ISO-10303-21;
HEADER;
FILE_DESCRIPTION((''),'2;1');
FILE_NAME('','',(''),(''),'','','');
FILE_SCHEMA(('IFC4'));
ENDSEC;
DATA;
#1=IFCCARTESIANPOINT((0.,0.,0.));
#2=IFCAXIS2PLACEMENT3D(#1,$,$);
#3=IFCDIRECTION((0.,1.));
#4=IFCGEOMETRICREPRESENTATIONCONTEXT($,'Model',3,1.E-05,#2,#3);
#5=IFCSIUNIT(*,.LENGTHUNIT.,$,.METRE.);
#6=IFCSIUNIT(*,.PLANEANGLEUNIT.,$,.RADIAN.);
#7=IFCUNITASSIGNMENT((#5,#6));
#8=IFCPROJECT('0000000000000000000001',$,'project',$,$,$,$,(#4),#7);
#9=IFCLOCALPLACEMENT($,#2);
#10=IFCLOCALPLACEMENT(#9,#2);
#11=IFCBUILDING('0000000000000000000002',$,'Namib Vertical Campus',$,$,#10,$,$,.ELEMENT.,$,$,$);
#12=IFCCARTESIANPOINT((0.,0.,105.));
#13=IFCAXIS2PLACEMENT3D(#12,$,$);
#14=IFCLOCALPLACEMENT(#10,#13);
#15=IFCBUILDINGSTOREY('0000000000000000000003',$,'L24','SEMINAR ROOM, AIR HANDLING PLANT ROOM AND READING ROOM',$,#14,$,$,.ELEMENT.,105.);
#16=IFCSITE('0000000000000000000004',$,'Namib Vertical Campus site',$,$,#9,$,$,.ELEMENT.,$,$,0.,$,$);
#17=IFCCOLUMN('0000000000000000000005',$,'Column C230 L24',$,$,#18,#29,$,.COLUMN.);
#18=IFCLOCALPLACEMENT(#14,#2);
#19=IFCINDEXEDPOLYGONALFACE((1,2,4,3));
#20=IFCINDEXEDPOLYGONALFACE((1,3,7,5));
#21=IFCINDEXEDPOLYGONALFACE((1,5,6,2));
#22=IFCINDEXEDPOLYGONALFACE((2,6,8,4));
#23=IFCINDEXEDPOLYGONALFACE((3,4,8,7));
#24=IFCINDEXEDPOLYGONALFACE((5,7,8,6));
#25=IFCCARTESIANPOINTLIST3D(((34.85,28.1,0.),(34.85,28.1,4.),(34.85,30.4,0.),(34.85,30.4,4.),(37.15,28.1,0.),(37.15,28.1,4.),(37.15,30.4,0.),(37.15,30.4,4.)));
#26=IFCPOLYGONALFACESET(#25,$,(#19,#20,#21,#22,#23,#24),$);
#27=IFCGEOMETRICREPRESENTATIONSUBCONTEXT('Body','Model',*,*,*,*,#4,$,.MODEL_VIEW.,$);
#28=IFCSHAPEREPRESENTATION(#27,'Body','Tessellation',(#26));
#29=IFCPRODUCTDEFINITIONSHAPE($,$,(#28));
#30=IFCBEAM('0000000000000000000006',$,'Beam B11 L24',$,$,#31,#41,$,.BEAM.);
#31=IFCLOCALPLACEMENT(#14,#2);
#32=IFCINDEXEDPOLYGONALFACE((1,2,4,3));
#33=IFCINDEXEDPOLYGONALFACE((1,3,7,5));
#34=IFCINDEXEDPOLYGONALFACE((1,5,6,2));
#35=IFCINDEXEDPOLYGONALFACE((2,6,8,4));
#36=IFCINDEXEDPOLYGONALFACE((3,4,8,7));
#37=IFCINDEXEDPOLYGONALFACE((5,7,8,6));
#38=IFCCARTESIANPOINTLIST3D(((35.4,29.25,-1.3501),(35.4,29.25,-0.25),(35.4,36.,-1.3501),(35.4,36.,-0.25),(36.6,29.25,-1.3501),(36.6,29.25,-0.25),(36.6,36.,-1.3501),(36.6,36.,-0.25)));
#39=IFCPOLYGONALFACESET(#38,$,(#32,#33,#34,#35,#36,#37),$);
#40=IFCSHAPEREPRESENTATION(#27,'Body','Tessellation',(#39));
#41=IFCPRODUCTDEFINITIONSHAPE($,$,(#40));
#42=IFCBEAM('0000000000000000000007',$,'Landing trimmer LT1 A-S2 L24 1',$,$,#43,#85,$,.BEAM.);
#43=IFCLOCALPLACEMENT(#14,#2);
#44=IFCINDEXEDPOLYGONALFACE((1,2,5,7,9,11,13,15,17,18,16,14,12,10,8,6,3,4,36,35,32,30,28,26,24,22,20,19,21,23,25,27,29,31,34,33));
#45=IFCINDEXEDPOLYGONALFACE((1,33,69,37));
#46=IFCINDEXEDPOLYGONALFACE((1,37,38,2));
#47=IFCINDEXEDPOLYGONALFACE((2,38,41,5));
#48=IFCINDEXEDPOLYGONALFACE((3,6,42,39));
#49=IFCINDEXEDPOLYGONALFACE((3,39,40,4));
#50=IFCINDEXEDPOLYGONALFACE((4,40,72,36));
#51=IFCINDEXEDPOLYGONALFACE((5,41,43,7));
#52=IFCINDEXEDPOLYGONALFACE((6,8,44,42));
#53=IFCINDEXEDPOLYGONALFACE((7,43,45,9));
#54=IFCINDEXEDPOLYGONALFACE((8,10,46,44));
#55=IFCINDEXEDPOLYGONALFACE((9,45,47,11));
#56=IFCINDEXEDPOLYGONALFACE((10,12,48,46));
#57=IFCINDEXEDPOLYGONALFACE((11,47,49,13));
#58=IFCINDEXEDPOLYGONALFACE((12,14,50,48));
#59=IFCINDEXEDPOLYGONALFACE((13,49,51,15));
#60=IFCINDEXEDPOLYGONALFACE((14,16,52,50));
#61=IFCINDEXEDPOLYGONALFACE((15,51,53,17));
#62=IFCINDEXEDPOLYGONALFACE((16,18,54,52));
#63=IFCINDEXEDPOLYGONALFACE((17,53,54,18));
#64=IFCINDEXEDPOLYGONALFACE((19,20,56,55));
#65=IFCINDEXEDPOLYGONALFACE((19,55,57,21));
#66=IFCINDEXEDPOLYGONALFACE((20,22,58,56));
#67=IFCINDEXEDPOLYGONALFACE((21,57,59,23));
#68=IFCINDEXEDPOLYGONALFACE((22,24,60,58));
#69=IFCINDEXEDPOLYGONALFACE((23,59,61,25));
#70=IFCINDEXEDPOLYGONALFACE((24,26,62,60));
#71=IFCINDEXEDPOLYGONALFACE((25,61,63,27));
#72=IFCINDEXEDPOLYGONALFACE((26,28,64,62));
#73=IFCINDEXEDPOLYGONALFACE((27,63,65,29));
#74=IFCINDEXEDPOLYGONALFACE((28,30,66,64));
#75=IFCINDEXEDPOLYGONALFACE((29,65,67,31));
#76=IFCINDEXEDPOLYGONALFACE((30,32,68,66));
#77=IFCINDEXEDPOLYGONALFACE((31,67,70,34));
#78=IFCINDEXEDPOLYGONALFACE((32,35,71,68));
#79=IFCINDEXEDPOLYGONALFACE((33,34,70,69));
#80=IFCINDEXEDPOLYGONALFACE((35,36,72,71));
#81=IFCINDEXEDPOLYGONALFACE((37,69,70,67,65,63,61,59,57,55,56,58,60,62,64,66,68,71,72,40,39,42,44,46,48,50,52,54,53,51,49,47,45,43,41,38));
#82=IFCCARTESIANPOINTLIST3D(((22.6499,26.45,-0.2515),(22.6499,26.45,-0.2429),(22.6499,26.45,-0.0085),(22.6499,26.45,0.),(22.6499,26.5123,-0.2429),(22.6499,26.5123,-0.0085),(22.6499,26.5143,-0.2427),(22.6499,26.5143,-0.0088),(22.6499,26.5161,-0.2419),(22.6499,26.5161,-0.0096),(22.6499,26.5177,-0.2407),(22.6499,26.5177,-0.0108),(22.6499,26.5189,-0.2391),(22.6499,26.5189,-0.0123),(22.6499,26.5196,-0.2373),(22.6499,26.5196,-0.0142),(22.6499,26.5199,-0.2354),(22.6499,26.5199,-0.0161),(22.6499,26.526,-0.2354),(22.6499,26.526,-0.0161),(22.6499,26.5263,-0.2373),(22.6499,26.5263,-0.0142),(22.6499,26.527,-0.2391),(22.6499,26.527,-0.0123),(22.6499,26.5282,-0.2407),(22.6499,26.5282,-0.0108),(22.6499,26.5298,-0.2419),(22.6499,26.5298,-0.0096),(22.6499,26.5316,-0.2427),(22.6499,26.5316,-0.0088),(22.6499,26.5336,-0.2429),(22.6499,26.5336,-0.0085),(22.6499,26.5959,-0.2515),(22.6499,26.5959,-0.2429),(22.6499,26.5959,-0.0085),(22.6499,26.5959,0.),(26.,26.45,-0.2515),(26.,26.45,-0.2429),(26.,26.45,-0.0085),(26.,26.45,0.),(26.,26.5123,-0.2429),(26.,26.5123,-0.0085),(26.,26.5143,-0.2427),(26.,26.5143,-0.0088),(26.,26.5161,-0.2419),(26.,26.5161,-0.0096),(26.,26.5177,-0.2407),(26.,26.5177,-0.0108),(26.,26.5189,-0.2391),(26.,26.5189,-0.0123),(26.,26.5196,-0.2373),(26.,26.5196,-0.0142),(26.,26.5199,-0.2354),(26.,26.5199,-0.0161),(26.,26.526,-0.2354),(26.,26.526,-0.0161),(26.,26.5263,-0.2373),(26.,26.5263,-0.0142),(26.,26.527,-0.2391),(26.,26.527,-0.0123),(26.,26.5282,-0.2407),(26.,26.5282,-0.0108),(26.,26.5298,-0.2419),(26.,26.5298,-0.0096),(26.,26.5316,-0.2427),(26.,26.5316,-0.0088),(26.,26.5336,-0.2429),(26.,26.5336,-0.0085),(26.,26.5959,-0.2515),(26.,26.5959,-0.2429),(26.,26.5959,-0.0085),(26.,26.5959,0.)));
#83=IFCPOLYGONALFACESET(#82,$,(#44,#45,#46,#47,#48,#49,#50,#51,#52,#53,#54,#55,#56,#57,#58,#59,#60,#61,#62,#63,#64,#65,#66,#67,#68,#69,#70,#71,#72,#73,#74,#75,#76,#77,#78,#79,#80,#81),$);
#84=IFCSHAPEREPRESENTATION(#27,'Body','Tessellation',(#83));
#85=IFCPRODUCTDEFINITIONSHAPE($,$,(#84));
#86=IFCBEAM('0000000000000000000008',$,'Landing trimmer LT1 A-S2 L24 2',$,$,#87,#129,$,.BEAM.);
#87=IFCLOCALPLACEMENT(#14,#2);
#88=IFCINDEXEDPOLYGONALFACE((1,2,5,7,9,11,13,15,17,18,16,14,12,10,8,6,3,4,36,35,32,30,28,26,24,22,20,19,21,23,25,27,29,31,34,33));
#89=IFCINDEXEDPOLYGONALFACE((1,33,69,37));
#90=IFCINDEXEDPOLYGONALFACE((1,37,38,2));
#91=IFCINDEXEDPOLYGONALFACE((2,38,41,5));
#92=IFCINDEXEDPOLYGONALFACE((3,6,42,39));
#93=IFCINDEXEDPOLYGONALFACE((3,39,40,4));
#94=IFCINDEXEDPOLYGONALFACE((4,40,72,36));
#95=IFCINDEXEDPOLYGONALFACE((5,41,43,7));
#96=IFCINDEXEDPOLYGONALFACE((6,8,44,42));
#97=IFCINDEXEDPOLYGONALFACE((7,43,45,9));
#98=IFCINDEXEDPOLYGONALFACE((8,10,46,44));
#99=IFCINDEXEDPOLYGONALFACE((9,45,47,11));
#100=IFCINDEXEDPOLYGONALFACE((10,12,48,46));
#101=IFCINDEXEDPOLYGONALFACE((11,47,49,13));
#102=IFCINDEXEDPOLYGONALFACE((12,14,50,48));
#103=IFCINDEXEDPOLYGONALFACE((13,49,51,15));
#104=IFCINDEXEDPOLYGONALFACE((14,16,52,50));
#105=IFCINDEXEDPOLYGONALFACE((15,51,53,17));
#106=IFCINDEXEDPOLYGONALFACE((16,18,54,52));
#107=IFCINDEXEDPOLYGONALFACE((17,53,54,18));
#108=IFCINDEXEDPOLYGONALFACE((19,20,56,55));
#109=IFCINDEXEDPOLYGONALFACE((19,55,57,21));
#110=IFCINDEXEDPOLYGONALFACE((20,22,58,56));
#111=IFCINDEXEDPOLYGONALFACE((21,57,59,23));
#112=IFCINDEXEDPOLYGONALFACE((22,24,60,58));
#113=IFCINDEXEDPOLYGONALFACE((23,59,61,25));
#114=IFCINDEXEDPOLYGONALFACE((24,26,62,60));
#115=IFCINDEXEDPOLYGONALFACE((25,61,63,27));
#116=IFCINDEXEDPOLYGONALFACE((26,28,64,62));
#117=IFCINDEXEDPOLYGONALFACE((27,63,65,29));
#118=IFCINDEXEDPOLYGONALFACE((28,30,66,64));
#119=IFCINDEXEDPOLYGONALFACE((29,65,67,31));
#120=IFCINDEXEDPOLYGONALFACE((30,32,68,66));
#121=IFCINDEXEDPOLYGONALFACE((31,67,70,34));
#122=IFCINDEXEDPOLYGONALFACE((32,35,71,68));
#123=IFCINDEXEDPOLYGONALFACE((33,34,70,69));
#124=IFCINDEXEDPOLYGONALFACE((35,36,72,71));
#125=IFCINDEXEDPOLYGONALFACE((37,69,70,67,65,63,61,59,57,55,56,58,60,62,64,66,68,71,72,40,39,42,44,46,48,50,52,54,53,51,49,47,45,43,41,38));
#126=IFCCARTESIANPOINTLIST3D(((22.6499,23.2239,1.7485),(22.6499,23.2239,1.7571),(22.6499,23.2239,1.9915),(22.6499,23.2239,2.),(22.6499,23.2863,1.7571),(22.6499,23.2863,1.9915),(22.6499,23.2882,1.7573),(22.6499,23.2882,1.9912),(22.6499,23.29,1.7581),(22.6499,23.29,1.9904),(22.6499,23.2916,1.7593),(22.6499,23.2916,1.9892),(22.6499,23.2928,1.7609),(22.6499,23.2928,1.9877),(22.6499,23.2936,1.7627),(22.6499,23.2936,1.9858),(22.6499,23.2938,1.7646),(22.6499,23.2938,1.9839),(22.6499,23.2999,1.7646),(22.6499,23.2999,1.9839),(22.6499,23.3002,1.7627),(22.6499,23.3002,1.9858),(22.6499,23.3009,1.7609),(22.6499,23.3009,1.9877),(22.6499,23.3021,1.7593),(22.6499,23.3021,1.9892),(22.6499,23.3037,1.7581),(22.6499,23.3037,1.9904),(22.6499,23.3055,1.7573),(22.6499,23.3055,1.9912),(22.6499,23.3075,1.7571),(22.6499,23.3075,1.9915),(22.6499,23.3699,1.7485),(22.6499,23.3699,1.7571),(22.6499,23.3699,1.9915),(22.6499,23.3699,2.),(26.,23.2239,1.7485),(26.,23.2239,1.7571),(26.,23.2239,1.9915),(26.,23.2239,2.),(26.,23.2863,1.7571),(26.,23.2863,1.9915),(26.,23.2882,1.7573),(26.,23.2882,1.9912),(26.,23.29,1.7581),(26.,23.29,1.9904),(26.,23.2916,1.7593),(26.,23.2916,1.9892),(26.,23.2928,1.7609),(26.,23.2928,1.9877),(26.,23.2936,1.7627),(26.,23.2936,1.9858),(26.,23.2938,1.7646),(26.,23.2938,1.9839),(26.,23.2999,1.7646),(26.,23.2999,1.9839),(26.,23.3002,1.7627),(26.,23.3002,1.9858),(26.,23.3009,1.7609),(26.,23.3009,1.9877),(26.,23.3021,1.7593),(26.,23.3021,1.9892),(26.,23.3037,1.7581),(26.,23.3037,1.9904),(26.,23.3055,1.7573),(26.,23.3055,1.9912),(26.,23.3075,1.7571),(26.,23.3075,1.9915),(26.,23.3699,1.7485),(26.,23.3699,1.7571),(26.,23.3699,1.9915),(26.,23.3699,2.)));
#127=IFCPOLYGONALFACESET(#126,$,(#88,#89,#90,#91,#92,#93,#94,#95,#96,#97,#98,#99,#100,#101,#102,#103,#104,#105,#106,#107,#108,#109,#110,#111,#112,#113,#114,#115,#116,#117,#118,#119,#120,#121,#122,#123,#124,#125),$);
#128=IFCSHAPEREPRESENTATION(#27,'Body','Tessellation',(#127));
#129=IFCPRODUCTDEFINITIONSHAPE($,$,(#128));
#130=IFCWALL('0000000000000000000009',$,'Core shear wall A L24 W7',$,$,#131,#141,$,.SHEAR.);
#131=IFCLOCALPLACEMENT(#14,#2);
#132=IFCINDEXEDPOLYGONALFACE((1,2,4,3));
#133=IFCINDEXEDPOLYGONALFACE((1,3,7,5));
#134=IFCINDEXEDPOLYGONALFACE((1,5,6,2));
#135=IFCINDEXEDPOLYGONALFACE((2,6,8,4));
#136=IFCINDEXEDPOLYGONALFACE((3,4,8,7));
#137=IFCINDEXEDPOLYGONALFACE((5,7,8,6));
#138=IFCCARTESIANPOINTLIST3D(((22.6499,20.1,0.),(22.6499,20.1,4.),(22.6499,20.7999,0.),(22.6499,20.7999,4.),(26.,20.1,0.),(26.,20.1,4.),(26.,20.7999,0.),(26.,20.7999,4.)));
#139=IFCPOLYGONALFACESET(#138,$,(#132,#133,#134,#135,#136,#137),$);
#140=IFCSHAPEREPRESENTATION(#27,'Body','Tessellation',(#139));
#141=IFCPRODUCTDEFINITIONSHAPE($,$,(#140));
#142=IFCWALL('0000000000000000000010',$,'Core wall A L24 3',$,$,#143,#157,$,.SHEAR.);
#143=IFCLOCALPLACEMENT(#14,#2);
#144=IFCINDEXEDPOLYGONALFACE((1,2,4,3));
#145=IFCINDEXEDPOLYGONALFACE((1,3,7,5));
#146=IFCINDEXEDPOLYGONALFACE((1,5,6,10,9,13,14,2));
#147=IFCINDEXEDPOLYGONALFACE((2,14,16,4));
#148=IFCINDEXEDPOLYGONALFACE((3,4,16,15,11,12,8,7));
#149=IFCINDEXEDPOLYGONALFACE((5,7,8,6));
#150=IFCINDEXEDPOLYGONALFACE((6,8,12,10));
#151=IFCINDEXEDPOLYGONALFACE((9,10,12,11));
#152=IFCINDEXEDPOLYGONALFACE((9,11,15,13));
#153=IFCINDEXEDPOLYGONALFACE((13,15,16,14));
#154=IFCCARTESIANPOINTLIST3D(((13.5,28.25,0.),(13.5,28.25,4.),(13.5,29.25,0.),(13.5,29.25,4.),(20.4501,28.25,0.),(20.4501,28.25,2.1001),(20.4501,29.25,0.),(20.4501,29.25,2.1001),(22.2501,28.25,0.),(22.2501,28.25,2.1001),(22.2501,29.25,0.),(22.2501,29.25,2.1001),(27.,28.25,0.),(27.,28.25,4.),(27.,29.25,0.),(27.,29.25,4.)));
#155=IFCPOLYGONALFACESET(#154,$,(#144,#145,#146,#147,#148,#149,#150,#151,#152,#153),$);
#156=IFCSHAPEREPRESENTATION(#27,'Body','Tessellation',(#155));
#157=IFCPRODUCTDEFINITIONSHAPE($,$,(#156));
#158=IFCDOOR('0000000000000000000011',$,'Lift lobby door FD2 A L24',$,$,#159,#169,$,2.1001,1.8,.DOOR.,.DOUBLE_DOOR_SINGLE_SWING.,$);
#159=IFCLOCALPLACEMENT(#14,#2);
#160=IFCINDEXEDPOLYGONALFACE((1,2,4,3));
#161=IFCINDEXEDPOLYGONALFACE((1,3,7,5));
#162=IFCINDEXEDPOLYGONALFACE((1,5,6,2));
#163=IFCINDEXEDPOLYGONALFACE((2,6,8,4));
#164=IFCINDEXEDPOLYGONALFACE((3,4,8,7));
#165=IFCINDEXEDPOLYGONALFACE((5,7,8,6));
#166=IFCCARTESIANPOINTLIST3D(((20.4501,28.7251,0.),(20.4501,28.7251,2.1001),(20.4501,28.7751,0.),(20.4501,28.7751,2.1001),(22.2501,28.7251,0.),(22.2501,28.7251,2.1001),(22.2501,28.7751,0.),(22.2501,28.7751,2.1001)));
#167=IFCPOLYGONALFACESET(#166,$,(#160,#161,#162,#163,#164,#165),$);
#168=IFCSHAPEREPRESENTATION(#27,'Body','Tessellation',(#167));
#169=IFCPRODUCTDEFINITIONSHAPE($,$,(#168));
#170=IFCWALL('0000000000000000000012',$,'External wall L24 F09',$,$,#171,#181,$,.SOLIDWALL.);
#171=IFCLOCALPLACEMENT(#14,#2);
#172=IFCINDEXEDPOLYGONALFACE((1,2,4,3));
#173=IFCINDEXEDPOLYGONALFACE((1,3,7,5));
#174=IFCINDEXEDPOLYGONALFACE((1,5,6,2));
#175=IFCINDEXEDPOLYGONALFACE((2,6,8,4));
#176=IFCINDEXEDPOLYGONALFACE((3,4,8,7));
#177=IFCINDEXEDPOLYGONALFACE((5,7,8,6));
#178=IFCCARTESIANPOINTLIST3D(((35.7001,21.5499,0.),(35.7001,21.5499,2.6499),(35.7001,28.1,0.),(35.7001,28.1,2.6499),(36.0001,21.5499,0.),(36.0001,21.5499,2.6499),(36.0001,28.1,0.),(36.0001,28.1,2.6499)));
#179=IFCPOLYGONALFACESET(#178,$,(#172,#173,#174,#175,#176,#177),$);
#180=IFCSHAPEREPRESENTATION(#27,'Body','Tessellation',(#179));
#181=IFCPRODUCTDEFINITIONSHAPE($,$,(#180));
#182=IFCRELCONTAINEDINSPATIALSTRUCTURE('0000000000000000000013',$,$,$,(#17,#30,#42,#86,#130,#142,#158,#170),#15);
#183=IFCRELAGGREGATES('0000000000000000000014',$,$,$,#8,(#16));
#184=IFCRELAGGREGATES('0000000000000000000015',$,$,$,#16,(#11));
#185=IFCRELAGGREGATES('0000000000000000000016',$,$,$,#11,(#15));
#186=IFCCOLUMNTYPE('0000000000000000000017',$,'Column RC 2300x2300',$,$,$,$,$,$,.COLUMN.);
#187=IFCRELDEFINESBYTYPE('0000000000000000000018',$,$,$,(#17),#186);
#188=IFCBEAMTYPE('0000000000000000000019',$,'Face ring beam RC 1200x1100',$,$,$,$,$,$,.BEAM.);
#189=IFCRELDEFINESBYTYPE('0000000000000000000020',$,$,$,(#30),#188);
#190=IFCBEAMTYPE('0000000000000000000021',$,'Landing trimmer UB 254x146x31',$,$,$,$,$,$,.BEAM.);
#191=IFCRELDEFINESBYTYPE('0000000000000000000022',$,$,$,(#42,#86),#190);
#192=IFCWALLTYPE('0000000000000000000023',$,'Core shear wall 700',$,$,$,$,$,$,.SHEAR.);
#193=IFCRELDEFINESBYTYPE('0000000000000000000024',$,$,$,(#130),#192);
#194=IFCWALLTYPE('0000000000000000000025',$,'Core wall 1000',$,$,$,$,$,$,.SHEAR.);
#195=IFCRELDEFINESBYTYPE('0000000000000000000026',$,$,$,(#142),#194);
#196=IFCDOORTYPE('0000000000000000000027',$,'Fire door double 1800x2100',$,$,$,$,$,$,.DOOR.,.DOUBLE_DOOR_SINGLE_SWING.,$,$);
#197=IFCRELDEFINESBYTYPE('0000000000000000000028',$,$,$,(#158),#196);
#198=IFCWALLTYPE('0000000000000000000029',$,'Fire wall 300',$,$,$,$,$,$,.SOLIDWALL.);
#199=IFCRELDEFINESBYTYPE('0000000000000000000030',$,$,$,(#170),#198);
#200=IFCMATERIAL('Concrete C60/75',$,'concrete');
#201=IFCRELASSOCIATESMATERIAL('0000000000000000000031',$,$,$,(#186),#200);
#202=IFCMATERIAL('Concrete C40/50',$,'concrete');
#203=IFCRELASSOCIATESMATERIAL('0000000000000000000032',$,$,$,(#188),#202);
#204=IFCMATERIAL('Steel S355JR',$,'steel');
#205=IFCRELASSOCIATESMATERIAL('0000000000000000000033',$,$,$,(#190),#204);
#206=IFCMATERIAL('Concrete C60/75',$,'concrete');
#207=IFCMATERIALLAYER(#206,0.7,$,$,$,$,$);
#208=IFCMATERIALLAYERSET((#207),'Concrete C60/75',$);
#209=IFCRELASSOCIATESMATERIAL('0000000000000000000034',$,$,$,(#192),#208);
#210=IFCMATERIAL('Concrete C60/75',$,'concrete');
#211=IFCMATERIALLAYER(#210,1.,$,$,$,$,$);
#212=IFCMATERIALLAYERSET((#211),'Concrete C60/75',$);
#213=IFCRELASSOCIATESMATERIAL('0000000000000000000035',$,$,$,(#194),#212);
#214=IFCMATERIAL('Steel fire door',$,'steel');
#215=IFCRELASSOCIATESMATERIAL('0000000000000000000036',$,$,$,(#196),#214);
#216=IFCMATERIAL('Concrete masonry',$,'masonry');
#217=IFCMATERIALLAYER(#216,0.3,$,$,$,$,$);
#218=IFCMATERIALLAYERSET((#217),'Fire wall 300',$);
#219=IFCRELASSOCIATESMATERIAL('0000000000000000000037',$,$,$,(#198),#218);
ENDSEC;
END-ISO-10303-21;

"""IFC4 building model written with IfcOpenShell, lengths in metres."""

from ifc_helpers import new_model, si_unit, direction, frame, frame_2d, origin, origin_2d, place, context, subcontext, project, spatial, rectangle, i_section, extrude, material, layer, layer_set, material_profile, profile_set, type_object, element, fill, save


model = new_model("IFC4")

# Units and contexts
model_context = context("Model", 3, precision=1e-05, world=origin(), true_north=direction((0.0, 1.0)))
body_context = subcontext(model_context, "Body", "Model", "MODEL_VIEW")
ifc_project = project(units=[si_unit("LENGTHUNIT", "METRE"), si_unit("PLANEANGLEUNIT", "RADIAN")], contexts=[model_context])

# Site, building, storey
site_placement = place(None, origin())
site = spatial("IfcSite", under=ifc_project, at=site_placement, Name="Namib Vertical Campus site", CompositionType="ELEMENT", RefElevation=0.0)
building_placement = place(site_placement, origin())
building = spatial("IfcBuilding", under=site, at=building_placement, Name="Namib Vertical Campus", CompositionType="ELEMENT")
storey_placement = place(building_placement, frame((0.0, 0.0, 105.0)))
storey = spatial("IfcBuildingStorey", under=building, at=storey_placement, Name="L24", Description="SEMINAR ROOM, AIR HANDLING PLANT ROOM AND READING ROOM", CompositionType="ELEMENT", Elevation=105.0)

# Column
ifc_material_1 = material(Name="Concrete C60/75", Category="concrete")
ifc_material_profile_1 = material_profile(ifc_material_1, rectangle(XDim=2.3, YDim=2.3, at=origin_2d()))
ifc_profile_set_1 = profile_set([ifc_material_profile_1], Name="Concrete C60/75")
column_type = type_object("IfcColumnType", Name="Column RC 2300x2300", PredefinedType="COLUMN", material=ifc_profile_set_1)
column_placement = place(storey_placement, frame((36.0, 29.25, 0.0), z_axis=(0.0, 0.0, 1.0), x_axis=(1.0, 0.0, 0.0)))
element("IfcColumn", 1, at=column_placement, inside=storey, type_object=column_type, Name="Column C230 L24", PredefinedType="COLUMN", context=body_context, shape_type="SweptSolid", body=[
    extrude(rectangle(XDim=2.3, YDim=2.3, at=origin_2d()), origin(), (0.0, 0.0, 1.0), 4.0),
])

# Beams
ifc_material_2 = material(Name="Concrete C40/50", Category="concrete")
ifc_material_profile_2 = material_profile(ifc_material_2, rectangle(XDim=1.2, YDim=1.1001, at=origin_2d()))
ifc_profile_set_2 = profile_set([ifc_material_profile_2], Name="Concrete C40/50")
beam_type_1 = type_object("IfcBeamType", Name="Face ring beam RC 1200x1100", PredefinedType="BEAM", material=ifc_profile_set_2)
beam_placement = place(storey_placement, frame((36.0, 29.25, -0.8), z_axis=(0.0, 1.0, 0.0), x_axis=(-1.0, 0.0, 0.0)))
element("IfcBeam", 2, at=beam_placement, inside=storey, type_object=beam_type_1, Name="Beam B11 L24", PredefinedType="BEAM", context=body_context, shape_type="SweptSolid", body=[
    extrude(rectangle(XDim=1.2, YDim=1.1001, at=origin_2d()), origin(), (0.0, 0.0, 1.0), 6.75),
])
ifc_material_3 = material(Name="Steel S355JR", Category="steel")
ifc_material_profile_3 = material_profile(ifc_material_3, i_section(OverallWidth=0.146, OverallDepth=0.2515, WebThickness=0.0061, FlangeThickness=0.0085, FilletRadius=0.0076, at=origin_2d()))
ifc_profile_set_3 = profile_set([ifc_material_profile_3], Name="Steel S355JR")
beam_type_2 = type_object("IfcBeamType", Name="Landing trimmer UB 254x146x31", PredefinedType="BEAM", material=ifc_profile_set_3)
for number, where, z_axis, x_axis, name in (
    (3, (22.6499, 26.5229, -0.1257), (1.0, 0.0, 0.0), (0.0, 1.0, 0.0), "Landing trimmer LT1 A-S2 L24 1"),
    (4, (22.6499, 23.2969, 1.8743), (1.0, 0.0, 0.0), (0.0, 1.0, 0.0), "Landing trimmer LT1 A-S2 L24 2"),
):
    element("IfcBeam", number, at=place(storey_placement, frame(where, z_axis=z_axis, x_axis=x_axis)), inside=storey, type_object=beam_type_2, Name=name, PredefinedType="BEAM", context=body_context, shape_type="SweptSolid", body=[
        extrude(i_section(OverallWidth=0.146, OverallDepth=0.2515, WebThickness=0.0061, FlangeThickness=0.0085, FilletRadius=0.0076, at=origin_2d()), origin(), (0.0, 0.0, 1.0), 3.3501),
    ])

# Wall
ifc_material_4 = material(Name="Concrete C60/75", Category="concrete")
ifc_layer_1 = layer(ifc_material_4, 0.7)
ifc_layer_set_1 = layer_set([ifc_layer_1], Name="Concrete C60/75")
wall_type_1 = type_object("IfcWallType", Name="Core shear wall 700", PredefinedType="SHEAR", material=ifc_layer_set_1)
wall_1_placement = place(storey_placement, frame((22.6499, 20.45, 0.0), z_axis=(0.0, 0.0, 1.0), x_axis=(1.0, 0.0, 0.0)))
element("IfcWall", 5, at=wall_1_placement, inside=storey, type_object=wall_type_1, Name="Core shear wall A L24 W7", PredefinedType="SHEAR", context=body_context, shape_type="SweptSolid", body=[
    extrude(rectangle(XDim=3.3501, YDim=0.7, at=frame_2d((1.675, 0.0))), origin(), (0.0, 0.0, 1.0), 4.0),
])

# Wall, opening, door
ifc_material_5 = material(Name="Concrete C60/75", Category="concrete")
ifc_layer_2 = layer(ifc_material_5, 1.0)
ifc_layer_set_2 = layer_set([ifc_layer_2], Name="Concrete C60/75")
wall_type_2 = type_object("IfcWallType", Name="Core wall 1000", PredefinedType="SHEAR", material=ifc_layer_set_2)
wall_2_placement = place(storey_placement, frame((27.0, 28.75, 0.0), z_axis=(0.0, 0.0, 1.0), x_axis=(-1.0, 0.0, 0.0)))
wall_2 = element("IfcWall", 6, at=wall_2_placement, inside=storey, type_object=wall_type_2, Name="Core wall A L24 3", PredefinedType="SHEAR", context=body_context, shape_type="SweptSolid", body=[
    extrude(rectangle(XDim=13.5, YDim=1.0, at=frame_2d((6.75, 0.0))), origin(), (0.0, 0.0, 1.0), 4.0),
])
opening_placement = place(wall_2_placement, frame((4.75, 0.0, 0.0)))
opening = element("IfcOpeningElement", 7, at=opening_placement, cuts=wall_2, PredefinedType="OPENING", context=body_context, shape_type="SweptSolid", body=[
    extrude(rectangle(XDim=1.8, YDim=2.1001, at=frame_2d((0.8999, 1.05))), frame((0.0, 0.51, 0.0), z_axis=(0.0, -1.0, 0.0), x_axis=(1.0, 0.0, 0.0)), (0.0, 0.0, 1.0), 1.02),
])
ifc_material_6 = material(Name="Steel fire door", Category="steel")
door_type = type_object("IfcDoorType", Name="Fire door double 1800x2100", OperationType="DOUBLE_DOOR_SINGLE_SWING", PredefinedType="DOOR", material=ifc_material_6)
door_placement = place(opening_placement, origin())
door = element("IfcDoor", 8, at=door_placement, inside=storey, type_object=door_type, Name="Lift lobby door FD2 A L24", OperationType="DOUBLE_DOOR_SINGLE_SWING", OverallHeight=2.1001, OverallWidth=1.8, PredefinedType="DOOR", context=body_context, shape_type="SweptSolid", body=[
    extrude(rectangle(XDim=1.8, YDim=2.1001, at=frame_2d((0.8999, 1.05))), frame((0.0, 0.0249, 0.0), z_axis=(0.0, -1.0, 0.0), x_axis=(1.0, 0.0, 0.0)), (0.0, 0.0, 1.0), 0.05),
])
fill(opening, door)

# Wall
ifc_material_7 = material(Name="Concrete masonry", Category="masonry")
ifc_layer_3 = layer(ifc_material_7, 0.3)
ifc_layer_set_3 = layer_set([ifc_layer_3], Name="Fire wall 300")
wall_type_3 = type_object("IfcWallType", Name="Fire wall 300", PredefinedType="SOLIDWALL", material=ifc_layer_set_3)
wall_3_placement = place(storey_placement, frame((35.8501, 21.55, 0.0), z_axis=(0.0, 0.0, 1.0), x_axis=(0.0, 1.0, 0.0)))
element("IfcWall", 9, at=wall_3_placement, inside=storey, type_object=wall_type_3, Name="External wall L24 F09", PredefinedType="SOLIDWALL", context=body_context, shape_type="SweptSolid", body=[
    extrude(rectangle(XDim=6.55, YDim=0.3, at=frame_2d((3.2749, 0.0))), origin(), (0.0, 0.0, 1.0), 2.6499),
])

save(model, "model.ifc")
